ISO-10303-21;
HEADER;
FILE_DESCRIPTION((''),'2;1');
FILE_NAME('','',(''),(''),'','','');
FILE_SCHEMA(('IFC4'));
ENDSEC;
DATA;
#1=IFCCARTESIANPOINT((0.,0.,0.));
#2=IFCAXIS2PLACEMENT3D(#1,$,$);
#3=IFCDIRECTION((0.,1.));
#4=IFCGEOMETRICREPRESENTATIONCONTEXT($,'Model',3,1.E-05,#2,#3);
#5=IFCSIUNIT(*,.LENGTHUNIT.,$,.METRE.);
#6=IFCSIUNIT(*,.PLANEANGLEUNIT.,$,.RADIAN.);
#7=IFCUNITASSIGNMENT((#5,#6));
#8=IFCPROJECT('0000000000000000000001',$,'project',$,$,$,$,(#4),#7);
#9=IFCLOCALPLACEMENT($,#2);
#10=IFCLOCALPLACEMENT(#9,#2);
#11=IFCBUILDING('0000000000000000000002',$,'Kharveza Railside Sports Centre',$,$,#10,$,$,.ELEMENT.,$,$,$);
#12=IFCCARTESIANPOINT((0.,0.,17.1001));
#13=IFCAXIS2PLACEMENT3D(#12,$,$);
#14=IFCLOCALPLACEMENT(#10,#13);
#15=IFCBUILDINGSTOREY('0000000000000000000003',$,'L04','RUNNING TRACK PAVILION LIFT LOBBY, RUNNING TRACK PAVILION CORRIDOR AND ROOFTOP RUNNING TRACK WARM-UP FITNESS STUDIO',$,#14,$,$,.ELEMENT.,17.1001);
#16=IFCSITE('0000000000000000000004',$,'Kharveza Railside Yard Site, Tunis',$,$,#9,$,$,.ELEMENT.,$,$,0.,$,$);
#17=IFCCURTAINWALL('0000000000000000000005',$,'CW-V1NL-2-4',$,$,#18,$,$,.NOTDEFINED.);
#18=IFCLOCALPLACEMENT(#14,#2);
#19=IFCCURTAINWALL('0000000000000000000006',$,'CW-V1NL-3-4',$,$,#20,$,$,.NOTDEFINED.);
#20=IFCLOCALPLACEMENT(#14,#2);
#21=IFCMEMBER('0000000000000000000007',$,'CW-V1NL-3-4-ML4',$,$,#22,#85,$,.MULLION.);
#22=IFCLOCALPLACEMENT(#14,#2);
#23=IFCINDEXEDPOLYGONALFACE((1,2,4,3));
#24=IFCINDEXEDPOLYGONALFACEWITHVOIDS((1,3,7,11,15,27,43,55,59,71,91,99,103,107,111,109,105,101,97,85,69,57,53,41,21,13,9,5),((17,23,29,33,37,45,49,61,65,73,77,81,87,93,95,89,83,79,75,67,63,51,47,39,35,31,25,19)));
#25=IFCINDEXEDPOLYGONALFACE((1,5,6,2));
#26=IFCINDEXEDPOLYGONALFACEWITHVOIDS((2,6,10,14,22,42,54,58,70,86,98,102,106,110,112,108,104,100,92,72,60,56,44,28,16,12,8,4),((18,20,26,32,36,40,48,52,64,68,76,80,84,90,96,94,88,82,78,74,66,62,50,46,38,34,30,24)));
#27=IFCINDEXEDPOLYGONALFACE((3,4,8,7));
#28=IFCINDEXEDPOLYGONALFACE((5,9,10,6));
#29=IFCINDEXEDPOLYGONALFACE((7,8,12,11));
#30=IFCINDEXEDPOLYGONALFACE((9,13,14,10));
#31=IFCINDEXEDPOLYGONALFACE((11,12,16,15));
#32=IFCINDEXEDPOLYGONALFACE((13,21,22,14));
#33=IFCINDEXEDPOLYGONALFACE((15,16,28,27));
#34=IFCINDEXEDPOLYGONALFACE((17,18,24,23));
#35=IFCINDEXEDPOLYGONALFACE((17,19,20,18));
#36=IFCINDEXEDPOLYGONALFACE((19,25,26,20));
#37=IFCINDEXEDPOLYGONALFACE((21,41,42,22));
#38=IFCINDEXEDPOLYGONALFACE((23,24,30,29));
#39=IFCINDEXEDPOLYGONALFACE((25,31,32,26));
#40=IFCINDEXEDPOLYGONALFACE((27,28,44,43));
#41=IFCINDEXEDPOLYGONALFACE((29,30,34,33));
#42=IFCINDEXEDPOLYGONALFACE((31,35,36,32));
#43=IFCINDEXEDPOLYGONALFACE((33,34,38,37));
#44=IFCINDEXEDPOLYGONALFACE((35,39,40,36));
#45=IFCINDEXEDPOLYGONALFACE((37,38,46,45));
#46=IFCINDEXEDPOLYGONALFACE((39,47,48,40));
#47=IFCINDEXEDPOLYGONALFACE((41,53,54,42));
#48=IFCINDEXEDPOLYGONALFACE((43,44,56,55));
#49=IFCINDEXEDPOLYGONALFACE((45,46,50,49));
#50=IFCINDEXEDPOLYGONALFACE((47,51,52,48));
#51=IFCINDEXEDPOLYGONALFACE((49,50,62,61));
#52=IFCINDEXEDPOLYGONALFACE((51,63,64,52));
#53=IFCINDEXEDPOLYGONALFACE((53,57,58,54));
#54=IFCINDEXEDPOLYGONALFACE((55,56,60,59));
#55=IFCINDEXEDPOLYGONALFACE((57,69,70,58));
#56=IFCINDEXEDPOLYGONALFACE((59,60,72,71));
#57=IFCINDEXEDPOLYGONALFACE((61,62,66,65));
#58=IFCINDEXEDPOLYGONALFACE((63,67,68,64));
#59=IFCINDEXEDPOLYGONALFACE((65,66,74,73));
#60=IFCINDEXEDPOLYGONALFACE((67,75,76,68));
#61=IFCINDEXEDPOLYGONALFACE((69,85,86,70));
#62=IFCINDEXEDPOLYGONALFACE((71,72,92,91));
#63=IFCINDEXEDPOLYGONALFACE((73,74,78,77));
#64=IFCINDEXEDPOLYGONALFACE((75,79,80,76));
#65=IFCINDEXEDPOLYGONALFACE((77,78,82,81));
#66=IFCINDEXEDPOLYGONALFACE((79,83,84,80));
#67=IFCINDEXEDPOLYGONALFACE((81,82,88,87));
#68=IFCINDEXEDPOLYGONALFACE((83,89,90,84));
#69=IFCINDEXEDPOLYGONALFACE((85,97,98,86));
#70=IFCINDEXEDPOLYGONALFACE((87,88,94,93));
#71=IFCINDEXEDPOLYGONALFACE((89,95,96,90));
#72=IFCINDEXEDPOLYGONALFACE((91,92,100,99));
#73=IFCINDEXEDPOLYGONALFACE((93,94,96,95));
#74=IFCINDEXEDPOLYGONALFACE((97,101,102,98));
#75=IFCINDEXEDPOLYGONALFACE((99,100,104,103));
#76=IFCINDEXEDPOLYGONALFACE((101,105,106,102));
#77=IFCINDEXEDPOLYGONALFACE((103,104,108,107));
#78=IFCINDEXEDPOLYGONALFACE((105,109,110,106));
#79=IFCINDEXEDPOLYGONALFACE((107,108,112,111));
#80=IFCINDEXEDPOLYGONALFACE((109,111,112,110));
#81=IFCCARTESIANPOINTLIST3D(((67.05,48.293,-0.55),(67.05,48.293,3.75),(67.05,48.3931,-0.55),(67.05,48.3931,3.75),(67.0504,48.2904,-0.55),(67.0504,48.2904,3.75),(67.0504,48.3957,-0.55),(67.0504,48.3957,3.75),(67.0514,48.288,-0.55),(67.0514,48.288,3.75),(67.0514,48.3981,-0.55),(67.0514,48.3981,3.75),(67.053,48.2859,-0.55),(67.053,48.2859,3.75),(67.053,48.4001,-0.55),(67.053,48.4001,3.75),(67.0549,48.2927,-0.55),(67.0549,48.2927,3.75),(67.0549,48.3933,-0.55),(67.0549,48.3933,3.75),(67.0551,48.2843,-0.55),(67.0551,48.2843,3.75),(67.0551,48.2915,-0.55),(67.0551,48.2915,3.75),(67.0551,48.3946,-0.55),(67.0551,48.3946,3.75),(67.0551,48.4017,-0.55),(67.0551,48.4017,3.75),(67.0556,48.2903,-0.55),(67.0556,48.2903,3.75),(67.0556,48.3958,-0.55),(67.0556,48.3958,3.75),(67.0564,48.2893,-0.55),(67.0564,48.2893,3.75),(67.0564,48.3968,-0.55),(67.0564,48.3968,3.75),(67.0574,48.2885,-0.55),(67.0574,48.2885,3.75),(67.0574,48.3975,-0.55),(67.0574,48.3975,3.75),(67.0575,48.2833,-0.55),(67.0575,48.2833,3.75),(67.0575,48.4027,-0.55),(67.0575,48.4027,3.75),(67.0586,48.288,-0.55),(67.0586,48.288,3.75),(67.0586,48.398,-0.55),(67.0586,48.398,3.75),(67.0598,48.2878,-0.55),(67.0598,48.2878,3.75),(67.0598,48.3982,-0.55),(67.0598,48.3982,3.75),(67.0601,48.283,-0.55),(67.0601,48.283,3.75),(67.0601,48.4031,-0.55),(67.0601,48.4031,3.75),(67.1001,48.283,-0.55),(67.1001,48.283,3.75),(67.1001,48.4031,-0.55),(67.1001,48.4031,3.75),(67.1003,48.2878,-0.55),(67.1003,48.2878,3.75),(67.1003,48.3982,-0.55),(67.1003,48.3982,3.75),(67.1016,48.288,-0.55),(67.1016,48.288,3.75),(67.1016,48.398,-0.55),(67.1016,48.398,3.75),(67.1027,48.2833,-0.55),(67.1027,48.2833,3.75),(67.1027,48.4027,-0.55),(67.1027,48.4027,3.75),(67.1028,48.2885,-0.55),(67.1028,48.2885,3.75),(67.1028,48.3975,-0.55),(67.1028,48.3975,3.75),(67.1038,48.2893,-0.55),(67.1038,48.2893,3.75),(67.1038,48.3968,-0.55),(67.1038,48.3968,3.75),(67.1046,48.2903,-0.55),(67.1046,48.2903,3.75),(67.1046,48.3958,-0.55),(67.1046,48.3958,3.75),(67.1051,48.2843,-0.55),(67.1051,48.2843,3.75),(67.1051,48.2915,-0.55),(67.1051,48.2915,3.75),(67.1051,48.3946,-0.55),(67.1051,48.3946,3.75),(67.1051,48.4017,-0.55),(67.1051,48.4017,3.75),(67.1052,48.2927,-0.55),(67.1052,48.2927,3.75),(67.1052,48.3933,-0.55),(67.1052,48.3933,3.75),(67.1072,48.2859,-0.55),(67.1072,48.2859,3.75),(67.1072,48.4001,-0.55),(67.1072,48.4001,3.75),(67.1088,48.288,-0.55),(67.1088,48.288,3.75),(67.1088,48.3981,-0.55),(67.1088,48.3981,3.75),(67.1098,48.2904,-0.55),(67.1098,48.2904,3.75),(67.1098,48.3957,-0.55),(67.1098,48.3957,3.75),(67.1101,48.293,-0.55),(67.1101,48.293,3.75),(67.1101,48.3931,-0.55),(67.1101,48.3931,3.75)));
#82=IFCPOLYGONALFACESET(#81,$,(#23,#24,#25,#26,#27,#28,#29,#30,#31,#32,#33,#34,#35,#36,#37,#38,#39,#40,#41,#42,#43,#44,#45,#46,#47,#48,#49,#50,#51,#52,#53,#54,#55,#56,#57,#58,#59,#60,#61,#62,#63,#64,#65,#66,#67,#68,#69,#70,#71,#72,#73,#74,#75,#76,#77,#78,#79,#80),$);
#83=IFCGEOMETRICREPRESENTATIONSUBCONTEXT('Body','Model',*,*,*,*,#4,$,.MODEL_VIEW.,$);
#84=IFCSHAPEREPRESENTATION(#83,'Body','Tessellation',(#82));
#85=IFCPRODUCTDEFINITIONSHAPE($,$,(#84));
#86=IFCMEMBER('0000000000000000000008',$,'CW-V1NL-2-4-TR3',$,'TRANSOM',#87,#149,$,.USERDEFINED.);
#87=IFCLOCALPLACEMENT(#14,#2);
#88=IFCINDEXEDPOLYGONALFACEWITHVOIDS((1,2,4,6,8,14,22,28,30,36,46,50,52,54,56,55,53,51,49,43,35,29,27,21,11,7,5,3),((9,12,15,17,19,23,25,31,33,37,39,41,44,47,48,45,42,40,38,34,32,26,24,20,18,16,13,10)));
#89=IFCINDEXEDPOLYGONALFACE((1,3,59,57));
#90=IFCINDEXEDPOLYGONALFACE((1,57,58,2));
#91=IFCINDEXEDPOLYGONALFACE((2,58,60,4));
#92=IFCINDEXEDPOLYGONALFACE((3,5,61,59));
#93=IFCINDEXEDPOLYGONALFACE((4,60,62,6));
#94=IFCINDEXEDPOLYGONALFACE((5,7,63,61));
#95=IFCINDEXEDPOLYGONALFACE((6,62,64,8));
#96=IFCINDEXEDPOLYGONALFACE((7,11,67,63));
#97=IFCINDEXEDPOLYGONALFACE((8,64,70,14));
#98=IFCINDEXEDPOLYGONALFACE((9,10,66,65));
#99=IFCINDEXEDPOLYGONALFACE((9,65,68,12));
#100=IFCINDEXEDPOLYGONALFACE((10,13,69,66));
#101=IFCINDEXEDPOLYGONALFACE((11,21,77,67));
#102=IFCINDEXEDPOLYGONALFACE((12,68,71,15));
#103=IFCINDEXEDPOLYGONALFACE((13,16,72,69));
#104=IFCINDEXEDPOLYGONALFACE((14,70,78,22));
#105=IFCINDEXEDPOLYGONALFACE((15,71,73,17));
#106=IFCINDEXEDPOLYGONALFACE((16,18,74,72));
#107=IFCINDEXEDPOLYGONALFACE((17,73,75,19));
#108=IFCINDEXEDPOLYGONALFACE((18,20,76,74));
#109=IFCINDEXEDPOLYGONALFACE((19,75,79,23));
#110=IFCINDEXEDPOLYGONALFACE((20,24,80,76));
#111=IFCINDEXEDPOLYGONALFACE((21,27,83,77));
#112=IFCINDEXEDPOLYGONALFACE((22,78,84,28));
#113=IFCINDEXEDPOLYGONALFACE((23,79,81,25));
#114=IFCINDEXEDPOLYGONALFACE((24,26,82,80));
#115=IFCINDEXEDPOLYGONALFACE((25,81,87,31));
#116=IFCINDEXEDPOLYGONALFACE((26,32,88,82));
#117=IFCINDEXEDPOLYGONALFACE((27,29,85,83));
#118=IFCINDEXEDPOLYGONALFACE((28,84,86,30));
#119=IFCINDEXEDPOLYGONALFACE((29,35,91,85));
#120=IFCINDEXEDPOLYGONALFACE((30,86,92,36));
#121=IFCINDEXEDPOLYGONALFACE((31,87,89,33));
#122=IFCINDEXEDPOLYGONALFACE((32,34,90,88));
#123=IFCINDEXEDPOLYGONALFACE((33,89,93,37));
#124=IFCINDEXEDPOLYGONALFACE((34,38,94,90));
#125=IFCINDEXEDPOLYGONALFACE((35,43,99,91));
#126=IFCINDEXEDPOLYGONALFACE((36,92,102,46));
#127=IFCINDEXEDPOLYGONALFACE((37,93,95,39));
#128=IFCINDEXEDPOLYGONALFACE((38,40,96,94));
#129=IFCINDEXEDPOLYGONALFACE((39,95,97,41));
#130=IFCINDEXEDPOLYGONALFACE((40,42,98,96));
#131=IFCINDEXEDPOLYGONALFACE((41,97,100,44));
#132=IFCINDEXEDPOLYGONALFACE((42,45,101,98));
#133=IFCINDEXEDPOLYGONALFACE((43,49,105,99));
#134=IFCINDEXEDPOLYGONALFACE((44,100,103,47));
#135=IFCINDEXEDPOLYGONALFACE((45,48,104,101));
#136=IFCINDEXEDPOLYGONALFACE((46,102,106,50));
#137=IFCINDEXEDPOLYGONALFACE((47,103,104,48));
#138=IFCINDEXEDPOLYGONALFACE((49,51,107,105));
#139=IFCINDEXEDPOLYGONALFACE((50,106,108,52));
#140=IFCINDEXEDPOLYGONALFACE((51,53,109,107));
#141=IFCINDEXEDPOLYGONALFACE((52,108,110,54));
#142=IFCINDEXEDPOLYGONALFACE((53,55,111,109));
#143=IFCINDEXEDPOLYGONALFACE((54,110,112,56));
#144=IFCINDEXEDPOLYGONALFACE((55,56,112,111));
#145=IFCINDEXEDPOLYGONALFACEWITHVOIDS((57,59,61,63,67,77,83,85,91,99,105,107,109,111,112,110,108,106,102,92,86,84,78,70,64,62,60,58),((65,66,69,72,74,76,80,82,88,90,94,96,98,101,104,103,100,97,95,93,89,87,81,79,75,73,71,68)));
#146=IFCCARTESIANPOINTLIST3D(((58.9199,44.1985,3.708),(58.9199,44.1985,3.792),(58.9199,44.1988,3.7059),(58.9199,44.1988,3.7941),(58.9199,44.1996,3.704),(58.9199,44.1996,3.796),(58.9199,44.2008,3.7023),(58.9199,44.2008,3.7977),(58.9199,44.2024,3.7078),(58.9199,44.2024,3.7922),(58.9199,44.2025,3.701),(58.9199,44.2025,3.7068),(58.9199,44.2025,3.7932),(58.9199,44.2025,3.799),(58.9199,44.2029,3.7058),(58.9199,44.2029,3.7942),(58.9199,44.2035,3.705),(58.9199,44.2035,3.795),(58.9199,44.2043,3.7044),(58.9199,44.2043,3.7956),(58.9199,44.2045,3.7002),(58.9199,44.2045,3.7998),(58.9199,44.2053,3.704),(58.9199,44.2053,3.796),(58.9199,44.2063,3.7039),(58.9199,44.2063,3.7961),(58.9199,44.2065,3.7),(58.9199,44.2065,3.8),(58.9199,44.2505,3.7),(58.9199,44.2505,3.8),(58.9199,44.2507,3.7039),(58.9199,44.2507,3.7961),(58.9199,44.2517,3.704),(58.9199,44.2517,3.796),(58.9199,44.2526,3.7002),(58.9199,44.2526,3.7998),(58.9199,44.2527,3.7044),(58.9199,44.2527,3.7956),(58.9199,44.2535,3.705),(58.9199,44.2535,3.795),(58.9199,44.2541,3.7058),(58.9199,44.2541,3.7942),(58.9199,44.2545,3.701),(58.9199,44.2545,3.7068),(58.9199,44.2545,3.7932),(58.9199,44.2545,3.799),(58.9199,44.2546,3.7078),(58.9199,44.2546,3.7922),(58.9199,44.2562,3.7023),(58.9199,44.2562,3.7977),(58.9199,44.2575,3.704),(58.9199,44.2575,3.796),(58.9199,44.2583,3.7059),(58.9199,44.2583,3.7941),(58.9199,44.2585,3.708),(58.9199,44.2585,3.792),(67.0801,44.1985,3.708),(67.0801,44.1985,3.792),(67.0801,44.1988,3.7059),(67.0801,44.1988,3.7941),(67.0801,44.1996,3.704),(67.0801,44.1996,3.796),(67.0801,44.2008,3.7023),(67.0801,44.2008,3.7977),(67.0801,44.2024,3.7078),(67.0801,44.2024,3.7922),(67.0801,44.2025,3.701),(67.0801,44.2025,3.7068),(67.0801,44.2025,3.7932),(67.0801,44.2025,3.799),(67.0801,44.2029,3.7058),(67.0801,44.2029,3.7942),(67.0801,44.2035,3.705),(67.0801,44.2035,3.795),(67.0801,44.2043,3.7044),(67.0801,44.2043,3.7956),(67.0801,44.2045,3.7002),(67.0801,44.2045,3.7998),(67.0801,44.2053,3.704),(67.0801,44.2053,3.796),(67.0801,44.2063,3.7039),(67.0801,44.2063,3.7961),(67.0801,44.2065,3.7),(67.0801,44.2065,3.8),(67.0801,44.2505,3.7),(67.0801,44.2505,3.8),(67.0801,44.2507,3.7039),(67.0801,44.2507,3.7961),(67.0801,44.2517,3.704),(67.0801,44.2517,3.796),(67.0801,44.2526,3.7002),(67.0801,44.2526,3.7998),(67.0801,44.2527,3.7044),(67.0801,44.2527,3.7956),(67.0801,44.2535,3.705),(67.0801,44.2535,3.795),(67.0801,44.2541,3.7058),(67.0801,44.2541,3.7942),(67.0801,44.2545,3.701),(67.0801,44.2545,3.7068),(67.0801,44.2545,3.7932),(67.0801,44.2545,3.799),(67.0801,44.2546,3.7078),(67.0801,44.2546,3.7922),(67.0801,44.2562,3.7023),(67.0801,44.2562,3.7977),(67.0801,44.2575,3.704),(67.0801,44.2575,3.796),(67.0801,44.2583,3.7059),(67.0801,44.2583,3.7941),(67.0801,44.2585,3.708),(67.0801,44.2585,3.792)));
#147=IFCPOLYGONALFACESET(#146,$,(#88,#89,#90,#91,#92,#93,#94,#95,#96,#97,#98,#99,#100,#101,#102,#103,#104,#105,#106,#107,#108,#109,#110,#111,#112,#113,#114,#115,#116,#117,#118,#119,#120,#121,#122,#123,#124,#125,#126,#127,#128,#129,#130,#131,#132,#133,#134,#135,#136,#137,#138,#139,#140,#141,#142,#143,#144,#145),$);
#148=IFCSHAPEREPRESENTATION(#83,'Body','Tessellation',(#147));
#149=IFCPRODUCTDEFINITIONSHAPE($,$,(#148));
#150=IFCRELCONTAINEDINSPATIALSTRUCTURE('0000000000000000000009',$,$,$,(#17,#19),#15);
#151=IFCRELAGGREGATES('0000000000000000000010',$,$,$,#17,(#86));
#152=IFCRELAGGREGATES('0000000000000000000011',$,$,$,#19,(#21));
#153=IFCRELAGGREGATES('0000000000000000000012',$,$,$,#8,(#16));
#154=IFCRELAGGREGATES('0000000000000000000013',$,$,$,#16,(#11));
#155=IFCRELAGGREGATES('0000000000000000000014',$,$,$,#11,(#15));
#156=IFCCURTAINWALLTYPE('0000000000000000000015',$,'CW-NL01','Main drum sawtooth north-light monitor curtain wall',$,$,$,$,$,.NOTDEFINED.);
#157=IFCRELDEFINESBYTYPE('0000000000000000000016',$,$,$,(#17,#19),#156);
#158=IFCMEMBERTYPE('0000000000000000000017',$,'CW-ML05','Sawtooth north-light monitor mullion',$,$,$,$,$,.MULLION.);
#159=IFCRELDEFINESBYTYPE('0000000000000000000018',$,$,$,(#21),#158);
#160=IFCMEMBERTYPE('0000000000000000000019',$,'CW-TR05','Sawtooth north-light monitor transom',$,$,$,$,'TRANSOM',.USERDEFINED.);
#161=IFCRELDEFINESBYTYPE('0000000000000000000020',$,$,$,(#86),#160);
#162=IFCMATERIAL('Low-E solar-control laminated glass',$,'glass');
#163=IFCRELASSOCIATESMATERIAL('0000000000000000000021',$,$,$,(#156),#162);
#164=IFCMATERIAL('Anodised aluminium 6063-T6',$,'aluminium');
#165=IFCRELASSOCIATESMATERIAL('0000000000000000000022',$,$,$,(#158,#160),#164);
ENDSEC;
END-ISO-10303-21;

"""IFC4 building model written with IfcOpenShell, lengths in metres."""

from ifc_helpers import new_model, si_unit, direction, frame, origin, origin_2d, place, context, subcontext, project, spatial, hollow_rectangle, extrude, material, material_profile, profile_set, type_object, element, aggregate, save


model = new_model("IFC4")

# Units and contexts
model_context = context("Model", 3, precision=1e-05, world=origin(), true_north=direction((0.0, 1.0)))
body_context = subcontext(model_context, "Body", "Model", "MODEL_VIEW")
ifc_project = project(units=[si_unit("LENGTHUNIT", "METRE"), si_unit("PLANEANGLEUNIT", "RADIAN")], contexts=[model_context])

# Site, building, storey
site_placement = place(None, origin())
site = spatial("IfcSite", under=ifc_project, at=site_placement, Name="Kharveza Railside Yard Site, Tunis", CompositionType="ELEMENT", RefElevation=0.0)
building_placement = place(site_placement, origin())
building = spatial("IfcBuilding", under=site, at=building_placement, Name="Kharveza Railside Sports Centre", CompositionType="ELEMENT")
storey_placement = place(building_placement, frame((0.0, 0.0, 17.1001)))
storey = spatial("IfcBuildingStorey", under=building, at=storey_placement, Name="L04", Description="RUNNING TRACK PAVILION LIFT LOBBY, RUNNING TRACK PAVILION CORRIDOR AND ROOFTOP RUNNING TRACK WARM-UP FITNESS STUDIO", CompositionType="ELEMENT", Elevation=17.1001)

# Curtain walls, member
ifc_material_1 = material(Name="Low-E solar-control laminated glass", Category="glass")
curtain_wall_type = type_object("IfcCurtainWallType", Name="CW-NL01", Description="Main drum sawtooth north-light monitor curtain wall", PredefinedType="NOTDEFINED", material=ifc_material_1)
curtain_wall_1_placement = place(storey_placement, origin())
curtain_wall_1 = element("IfcCurtainWall", 1, at=curtain_wall_1_placement, inside=storey, type_object=curtain_wall_type, Name="CW-V1NL-2-4", PredefinedType="NOTDEFINED")
ifc_material_2 = material(Name="Anodised aluminium 6063-T6", Category="aluminium")
ifc_material_profile_1 = material_profile(ifc_material_2, hollow_rectangle(XDim=0.0601, YDim=0.1201, WallThickness=0.0049, InnerFilletRadius=0.0049, OuterFilletRadius=0.01, at=origin_2d()), Name="RHS 60x120x5.0")
ifc_profile_set_1 = profile_set([ifc_material_profile_1], Name="Anodised aluminium 6063-T6")
member_type_1 = type_object("IfcMemberType", Name="CW-ML05", Description="Sawtooth north-light monitor mullion", PredefinedType="MULLION", material=ifc_profile_set_1)
curtain_wall_2_placement = place(storey_placement, origin())
curtain_wall_2 = element("IfcCurtainWall", 2, at=curtain_wall_2_placement, inside=storey, type_object=curtain_wall_type, Name="CW-V1NL-3-4", PredefinedType="NOTDEFINED")
member_1_placement = place(storey_placement, frame((67.0801, 48.343, -0.55), z_axis=(0.0, 0.0, 1.0), x_axis=(1.0, 0.0, 0.0)))
member_1 = element("IfcMember", 3, at=member_1_placement, type_object=member_type_1, Name="CW-V1NL-3-4-ML4", PredefinedType="MULLION", context=body_context, shape_type="SweptSolid", body=[
    extrude(hollow_rectangle(XDim=0.0601, YDim=0.1201, WallThickness=0.0049, InnerFilletRadius=0.0049, OuterFilletRadius=0.01, at=origin_2d()), origin(), (0.0, 0.0, 1.0), 4.3),
])

# Member
ifc_material_profile_2 = material_profile(ifc_material_2, hollow_rectangle(XDim=0.0601, YDim=0.1001, WallThickness=0.0039, InnerFilletRadius=0.0039, OuterFilletRadius=0.0081, at=origin_2d()), Name="RHS 60x100x4.0")
ifc_profile_set_2 = profile_set([ifc_material_profile_2], Name="Anodised aluminium 6063-T6")
member_type_2 = type_object("IfcMemberType", Name="CW-TR05", Description="Sawtooth north-light monitor transom", ElementType="TRANSOM", PredefinedType="USERDEFINED", material=ifc_profile_set_2)
member_2_placement = place(storey_placement, frame((58.9199, 44.2285, 3.75), z_axis=(1.0, 0.0, 0.0), x_axis=(0.0, 1.0, 0.0)))
member_2 = element("IfcMember", 4, at=member_2_placement, type_object=member_type_2, Name="CW-V1NL-2-4-TR3", ObjectType="TRANSOM", PredefinedType="USERDEFINED", context=body_context, shape_type="SweptSolid", body=[
    extrude(hollow_rectangle(XDim=0.0601, YDim=0.1001, WallThickness=0.0039, InnerFilletRadius=0.0039, OuterFilletRadius=0.0081, at=origin_2d()), origin(), (0.0, 0.0, 1.0), 8.1602),
])

aggregate(curtain_wall_1, [member_2])
aggregate(curtain_wall_2, [member_1])

save(model, "model.ifc")
